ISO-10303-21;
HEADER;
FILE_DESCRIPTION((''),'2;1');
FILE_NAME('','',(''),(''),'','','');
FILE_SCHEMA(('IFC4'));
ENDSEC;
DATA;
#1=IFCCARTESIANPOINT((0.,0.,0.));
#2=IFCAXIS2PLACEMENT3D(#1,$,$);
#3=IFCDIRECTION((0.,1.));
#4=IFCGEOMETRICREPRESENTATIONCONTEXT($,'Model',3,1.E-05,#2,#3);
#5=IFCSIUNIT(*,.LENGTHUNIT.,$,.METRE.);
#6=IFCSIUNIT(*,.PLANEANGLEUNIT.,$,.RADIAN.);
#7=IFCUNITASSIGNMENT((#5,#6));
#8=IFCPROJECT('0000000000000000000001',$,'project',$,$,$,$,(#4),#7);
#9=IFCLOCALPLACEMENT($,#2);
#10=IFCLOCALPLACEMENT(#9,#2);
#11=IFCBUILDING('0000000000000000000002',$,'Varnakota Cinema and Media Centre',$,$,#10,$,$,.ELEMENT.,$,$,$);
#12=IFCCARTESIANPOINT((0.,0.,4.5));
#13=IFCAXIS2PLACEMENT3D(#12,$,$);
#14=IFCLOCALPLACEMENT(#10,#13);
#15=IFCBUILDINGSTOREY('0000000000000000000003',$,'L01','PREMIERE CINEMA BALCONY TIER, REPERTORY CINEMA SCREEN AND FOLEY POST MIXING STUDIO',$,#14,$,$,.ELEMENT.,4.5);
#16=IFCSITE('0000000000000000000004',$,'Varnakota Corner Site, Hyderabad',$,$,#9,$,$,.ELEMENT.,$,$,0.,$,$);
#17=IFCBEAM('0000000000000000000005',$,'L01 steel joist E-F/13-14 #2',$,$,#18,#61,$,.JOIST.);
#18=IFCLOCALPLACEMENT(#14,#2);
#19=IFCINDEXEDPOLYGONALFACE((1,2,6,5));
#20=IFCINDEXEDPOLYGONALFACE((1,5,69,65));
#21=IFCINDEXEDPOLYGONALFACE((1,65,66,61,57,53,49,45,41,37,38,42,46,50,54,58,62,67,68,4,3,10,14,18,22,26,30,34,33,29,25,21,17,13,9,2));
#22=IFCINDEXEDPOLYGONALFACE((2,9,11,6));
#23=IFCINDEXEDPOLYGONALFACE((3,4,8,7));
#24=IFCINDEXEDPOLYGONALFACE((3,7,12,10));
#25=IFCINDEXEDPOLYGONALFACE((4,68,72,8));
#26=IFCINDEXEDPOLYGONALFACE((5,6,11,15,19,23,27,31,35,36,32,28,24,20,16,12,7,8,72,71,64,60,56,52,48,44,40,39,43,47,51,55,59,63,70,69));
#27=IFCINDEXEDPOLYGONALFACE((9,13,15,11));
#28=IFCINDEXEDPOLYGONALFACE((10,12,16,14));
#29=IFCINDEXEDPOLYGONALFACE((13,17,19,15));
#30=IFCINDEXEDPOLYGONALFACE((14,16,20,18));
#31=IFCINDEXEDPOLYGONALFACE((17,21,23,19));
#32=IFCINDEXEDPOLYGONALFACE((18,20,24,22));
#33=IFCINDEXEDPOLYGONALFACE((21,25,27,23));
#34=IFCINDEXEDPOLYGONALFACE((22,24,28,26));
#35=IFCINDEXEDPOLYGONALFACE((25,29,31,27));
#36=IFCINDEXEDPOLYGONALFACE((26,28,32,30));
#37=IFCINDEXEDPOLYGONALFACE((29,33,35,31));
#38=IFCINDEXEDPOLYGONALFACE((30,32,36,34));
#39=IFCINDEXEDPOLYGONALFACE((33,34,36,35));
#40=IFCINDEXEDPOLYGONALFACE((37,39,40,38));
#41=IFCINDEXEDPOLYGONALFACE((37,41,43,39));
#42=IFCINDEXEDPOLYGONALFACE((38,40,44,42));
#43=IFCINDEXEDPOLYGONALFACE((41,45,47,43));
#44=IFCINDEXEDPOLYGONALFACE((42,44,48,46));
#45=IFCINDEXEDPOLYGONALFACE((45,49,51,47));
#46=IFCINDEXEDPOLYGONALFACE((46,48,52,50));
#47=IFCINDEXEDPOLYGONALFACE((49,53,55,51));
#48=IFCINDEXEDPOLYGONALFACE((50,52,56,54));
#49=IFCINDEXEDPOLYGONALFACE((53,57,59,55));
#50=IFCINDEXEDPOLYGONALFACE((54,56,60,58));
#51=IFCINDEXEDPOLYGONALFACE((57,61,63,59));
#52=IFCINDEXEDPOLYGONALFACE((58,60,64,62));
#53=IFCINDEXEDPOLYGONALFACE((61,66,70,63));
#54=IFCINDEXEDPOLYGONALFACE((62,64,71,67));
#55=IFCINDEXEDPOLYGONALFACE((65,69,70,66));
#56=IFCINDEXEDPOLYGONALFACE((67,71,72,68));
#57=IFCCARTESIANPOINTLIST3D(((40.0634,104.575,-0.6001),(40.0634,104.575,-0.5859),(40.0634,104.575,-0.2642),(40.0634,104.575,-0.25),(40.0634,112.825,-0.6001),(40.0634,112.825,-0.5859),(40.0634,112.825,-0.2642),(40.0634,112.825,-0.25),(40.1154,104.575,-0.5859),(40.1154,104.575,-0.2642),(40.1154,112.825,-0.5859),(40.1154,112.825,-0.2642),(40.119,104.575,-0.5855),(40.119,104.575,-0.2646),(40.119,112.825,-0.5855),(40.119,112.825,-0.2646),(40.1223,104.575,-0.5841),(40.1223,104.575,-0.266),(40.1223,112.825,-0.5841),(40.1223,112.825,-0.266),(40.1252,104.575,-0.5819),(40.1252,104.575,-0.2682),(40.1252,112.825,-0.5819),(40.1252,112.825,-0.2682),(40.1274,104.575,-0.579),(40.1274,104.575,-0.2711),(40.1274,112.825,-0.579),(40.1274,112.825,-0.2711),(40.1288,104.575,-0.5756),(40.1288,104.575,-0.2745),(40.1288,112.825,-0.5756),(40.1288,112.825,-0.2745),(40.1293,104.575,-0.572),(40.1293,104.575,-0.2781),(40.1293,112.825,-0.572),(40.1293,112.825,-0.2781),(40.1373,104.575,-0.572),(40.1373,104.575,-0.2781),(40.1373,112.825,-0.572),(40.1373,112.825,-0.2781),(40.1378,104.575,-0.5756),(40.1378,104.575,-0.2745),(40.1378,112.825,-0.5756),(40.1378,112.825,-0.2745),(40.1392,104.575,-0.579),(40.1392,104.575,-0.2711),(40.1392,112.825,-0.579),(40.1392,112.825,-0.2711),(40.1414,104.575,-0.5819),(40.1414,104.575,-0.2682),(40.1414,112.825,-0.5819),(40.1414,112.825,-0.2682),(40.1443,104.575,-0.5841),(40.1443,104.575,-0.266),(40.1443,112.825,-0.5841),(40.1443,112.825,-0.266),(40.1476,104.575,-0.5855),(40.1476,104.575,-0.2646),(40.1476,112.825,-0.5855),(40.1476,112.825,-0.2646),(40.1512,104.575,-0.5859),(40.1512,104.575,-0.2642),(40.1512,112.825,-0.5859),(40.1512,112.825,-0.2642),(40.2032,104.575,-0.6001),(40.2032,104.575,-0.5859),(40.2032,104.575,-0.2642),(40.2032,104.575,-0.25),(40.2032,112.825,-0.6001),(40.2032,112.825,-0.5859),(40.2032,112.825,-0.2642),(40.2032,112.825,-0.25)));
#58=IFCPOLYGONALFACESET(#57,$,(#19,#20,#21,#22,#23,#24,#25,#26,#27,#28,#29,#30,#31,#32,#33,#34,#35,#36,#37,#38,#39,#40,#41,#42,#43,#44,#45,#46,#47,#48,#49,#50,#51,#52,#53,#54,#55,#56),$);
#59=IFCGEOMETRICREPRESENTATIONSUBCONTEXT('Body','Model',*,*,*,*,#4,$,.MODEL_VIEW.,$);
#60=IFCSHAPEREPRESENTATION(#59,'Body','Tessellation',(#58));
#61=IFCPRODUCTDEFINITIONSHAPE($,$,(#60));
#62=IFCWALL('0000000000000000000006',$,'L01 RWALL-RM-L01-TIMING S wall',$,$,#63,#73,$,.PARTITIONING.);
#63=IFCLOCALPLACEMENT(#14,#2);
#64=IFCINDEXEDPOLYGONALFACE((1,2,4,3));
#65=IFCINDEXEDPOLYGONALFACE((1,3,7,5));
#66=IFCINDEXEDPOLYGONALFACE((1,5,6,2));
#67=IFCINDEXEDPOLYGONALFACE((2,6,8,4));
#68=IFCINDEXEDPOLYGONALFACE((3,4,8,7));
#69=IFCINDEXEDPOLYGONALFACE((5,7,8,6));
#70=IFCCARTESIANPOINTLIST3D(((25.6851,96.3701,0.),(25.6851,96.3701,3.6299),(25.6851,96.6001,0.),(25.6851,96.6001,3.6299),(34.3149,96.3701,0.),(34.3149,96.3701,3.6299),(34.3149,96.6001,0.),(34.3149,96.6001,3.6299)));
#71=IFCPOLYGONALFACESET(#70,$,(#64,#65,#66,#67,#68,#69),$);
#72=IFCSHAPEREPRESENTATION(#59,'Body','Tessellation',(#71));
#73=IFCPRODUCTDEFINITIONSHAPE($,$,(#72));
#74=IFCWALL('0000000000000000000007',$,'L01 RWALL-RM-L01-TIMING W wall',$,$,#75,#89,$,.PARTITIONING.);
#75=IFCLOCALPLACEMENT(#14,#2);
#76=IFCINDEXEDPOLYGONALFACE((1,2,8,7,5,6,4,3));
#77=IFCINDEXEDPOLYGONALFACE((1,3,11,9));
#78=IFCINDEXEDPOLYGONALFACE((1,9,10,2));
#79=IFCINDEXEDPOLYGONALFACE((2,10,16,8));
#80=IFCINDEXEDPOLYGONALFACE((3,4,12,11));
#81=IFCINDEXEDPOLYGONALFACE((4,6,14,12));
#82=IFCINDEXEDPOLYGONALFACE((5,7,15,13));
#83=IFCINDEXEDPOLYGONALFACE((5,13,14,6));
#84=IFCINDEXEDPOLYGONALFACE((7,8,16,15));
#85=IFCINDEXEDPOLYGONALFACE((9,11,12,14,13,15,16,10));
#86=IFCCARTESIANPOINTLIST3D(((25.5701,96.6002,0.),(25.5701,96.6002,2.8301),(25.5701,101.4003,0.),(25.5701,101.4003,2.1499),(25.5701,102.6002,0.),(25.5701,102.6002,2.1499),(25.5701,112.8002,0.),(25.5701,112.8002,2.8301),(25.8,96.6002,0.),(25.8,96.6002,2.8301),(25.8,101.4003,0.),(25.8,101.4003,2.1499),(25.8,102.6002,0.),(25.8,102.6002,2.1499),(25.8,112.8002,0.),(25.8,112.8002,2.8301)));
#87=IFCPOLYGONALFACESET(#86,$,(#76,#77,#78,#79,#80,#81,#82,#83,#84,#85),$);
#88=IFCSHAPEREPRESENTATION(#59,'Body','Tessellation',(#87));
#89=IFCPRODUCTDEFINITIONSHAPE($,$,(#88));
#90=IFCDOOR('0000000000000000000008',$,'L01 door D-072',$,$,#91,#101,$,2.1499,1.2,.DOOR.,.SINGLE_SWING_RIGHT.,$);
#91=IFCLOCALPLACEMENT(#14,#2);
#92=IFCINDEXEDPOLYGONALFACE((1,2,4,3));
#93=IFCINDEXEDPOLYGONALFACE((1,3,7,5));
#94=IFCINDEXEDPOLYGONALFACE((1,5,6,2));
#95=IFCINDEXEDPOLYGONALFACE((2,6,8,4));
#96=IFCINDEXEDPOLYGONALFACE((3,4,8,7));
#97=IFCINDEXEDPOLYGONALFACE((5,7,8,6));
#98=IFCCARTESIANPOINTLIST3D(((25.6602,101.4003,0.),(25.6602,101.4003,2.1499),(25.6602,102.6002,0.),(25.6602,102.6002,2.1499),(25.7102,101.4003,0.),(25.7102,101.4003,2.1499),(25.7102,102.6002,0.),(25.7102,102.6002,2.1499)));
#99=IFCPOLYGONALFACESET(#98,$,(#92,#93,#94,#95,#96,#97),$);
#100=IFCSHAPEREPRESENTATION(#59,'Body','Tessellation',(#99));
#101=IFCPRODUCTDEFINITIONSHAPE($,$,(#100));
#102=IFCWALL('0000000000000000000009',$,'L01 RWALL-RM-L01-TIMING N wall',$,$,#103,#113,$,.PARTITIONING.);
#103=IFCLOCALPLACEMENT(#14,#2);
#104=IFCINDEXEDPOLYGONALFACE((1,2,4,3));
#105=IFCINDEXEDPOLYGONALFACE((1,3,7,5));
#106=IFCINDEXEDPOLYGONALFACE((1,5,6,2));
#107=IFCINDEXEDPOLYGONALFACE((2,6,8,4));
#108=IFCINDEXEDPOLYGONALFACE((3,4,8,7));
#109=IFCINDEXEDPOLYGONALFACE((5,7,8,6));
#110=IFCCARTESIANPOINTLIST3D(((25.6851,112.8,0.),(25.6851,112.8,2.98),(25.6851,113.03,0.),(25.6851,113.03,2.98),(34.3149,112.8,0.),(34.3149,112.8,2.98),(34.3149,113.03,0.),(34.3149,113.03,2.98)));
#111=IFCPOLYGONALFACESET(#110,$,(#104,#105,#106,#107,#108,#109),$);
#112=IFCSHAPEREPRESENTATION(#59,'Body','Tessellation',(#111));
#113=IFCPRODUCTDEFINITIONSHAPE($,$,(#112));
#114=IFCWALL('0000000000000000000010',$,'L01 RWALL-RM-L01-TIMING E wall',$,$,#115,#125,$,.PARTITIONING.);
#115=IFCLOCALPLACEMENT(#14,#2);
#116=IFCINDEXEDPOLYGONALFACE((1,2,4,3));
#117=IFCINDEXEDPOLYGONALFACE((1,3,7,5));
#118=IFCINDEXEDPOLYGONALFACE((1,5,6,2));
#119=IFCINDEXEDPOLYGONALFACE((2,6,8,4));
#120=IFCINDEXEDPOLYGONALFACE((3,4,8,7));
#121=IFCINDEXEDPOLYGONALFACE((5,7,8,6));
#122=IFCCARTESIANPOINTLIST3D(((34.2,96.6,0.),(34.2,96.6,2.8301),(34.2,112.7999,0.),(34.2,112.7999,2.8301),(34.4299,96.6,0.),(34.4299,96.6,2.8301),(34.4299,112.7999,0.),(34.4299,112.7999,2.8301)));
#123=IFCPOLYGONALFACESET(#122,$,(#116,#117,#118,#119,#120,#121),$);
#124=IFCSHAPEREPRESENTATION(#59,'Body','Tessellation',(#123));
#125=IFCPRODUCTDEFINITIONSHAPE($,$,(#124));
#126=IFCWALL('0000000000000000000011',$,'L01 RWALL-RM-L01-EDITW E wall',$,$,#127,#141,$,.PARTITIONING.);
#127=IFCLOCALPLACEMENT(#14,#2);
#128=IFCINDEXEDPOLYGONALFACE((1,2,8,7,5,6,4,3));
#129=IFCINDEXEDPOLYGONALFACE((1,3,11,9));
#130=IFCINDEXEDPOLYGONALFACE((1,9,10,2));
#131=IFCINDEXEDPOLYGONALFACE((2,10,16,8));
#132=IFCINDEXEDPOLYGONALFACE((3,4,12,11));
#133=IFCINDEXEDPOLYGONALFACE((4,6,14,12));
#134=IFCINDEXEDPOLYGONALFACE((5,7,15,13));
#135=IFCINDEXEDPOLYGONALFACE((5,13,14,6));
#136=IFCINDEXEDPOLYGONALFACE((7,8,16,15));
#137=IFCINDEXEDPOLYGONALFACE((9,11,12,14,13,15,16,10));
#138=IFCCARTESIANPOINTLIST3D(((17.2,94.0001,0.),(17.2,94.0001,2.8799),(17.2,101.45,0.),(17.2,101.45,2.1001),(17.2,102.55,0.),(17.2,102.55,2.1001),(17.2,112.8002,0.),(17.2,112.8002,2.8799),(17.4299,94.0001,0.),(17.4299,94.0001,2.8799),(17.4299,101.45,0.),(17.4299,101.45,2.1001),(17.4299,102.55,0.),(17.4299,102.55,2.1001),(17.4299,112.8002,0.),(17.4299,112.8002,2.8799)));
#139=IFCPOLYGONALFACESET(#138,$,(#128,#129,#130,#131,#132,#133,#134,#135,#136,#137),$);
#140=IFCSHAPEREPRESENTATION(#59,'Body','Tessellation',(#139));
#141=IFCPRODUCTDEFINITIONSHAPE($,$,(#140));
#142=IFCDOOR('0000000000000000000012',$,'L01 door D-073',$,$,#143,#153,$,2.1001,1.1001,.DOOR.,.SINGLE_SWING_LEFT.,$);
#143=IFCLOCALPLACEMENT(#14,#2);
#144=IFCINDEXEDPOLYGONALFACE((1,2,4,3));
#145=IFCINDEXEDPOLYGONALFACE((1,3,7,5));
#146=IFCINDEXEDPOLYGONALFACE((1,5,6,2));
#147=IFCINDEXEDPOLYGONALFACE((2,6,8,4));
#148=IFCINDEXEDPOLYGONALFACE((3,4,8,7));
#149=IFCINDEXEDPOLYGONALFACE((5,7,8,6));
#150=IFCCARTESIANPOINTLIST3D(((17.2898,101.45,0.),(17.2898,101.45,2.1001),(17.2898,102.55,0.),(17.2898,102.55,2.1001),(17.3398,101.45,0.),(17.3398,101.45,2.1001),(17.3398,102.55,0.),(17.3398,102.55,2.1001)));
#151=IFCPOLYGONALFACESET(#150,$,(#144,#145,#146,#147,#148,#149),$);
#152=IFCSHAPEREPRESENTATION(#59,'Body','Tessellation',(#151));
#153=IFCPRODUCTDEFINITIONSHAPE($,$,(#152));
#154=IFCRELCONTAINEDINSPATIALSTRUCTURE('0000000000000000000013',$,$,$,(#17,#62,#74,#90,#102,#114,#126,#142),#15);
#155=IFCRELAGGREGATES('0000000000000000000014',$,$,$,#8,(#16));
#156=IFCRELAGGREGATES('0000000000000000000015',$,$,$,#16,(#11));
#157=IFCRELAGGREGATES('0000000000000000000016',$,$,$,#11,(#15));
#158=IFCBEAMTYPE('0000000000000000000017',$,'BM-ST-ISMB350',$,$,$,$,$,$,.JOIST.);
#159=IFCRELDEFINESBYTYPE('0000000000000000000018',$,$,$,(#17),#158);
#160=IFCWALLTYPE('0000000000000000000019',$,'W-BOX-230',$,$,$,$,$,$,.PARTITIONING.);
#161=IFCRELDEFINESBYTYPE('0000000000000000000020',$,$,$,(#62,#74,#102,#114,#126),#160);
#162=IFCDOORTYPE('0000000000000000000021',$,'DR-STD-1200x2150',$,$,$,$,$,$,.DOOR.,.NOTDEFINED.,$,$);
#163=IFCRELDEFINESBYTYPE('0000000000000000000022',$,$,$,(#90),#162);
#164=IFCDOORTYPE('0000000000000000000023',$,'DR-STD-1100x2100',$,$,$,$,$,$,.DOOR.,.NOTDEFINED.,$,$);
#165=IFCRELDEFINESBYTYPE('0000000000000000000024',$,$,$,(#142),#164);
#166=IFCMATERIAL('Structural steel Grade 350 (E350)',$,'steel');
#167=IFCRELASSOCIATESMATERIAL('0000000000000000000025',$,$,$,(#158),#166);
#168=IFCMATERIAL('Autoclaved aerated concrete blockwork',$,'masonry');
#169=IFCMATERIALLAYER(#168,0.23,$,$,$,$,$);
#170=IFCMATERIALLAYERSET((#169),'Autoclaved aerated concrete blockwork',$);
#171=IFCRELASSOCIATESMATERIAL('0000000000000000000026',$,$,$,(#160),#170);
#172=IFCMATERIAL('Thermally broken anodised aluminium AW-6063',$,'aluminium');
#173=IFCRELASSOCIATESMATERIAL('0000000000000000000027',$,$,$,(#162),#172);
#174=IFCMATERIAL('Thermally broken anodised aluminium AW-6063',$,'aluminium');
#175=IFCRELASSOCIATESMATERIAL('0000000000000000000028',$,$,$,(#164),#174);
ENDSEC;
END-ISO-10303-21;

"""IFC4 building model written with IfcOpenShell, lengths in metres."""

from ifc_helpers import new_model, si_unit, direction, frame, frame_2d, origin, origin_2d, place, context, subcontext, project, spatial, rectangle, i_section, extrude, material, layer, layer_set, material_profile, profile_set, type_object, element, fill, save


model = new_model("IFC4")

# Units and contexts
model_context = context("Model", 3, precision=1e-05, world=origin(), true_north=direction((0.0, 1.0)))
body_context = subcontext(model_context, "Body", "Model", "MODEL_VIEW")
ifc_project = project(units=[si_unit("LENGTHUNIT", "METRE"), si_unit("PLANEANGLEUNIT", "RADIAN")], contexts=[model_context])

# Site, building, storey
site_placement = place(None, origin())
site = spatial("IfcSite", under=ifc_project, at=site_placement, Name="Varnakota Corner Site, Hyderabad", CompositionType="ELEMENT", RefElevation=0.0)
building_placement = place(site_placement, origin())
building = spatial("IfcBuilding", under=site, at=building_placement, Name="Varnakota Cinema and Media Centre", CompositionType="ELEMENT")
storey_placement = place(building_placement, frame((0.0, 0.0, 4.5)))
storey = spatial("IfcBuildingStorey", under=building, at=storey_placement, Name="L01", Description="PREMIERE CINEMA BALCONY TIER, REPERTORY CINEMA SCREEN AND FOLEY POST MIXING STUDIO", CompositionType="ELEMENT", Elevation=4.5)

# Beam
ifc_material_1 = material(Name="Structural steel Grade 350 (E350)", Category="steel")
ifc_material_profile_1 = material_profile(ifc_material_1, i_section(OverallWidth=0.1399, OverallDepth=0.3501, WebThickness=0.0081, FlangeThickness=0.0142, FilletRadius=0.0139, at=origin_2d()), Name="ISMB 350")
ifc_profile_set_1 = profile_set([ifc_material_profile_1], Name="Structural steel Grade 350 (E350)")
beam_type_1 = type_object("IfcBeamType", Name="BM-ST-ISMB350", PredefinedType="JOIST", material=ifc_profile_set_1)
for number, where, z_axis, x_axis, name in (
    (1, (40.1333, 104.575, -0.425), (0.0, 1.0, 0.0), (-1.0, 0.0, 0.0), "L01 steel joist E-F/13-14 #2"),
):
    element("IfcBeam", number, at=place(storey_placement, frame(where, z_axis=z_axis, x_axis=x_axis)), inside=storey, type_object=beam_type_1, Name=name, PredefinedType="JOIST", context=body_context, shape_type="SweptSolid", body=[
        extrude(i_section(OverallWidth=0.1399, OverallDepth=0.3501, WebThickness=0.0081, FlangeThickness=0.0142, FilletRadius=0.0139, at=origin_2d()), origin(), (0.0, 0.0, 1.0), 8.25),
    ])

# Wall
ifc_material_2 = material(Name="Autoclaved aerated concrete blockwork", Category="masonry")
ifc_layer = layer(ifc_material_2, 0.23)
ifc_layer_set = layer_set([ifc_layer], Name="Autoclaved aerated concrete blockwork")
wall_type = type_object("IfcWallType", Name="W-BOX-230", PredefinedType="PARTITIONING", material=ifc_layer_set)
wall_1_placement = place(storey_placement, frame((34.3149, 96.4851, 0.0), z_axis=(0.0, 0.0, 1.0), x_axis=(-1.0, 0.0, 0.0)))
element("IfcWall", 2, at=wall_1_placement, inside=storey, type_object=wall_type, Name="L01 RWALL-RM-L01-TIMING S wall", PredefinedType="PARTITIONING", context=body_context, shape_type="SweptSolid", body=[
    extrude(rectangle(XDim=8.6299, YDim=0.23, at=frame_2d((4.3149, 0.0))), origin(), (0.0, 0.0, 1.0), 3.6299),
])

# Wall, opening, door
wall_2_placement = place(storey_placement, frame((25.6851, 96.6001, 0.0), z_axis=(0.0, 0.0, 1.0), x_axis=(0.0, 1.0, 0.0)))
wall_2 = element("IfcWall", 3, at=wall_2_placement, inside=storey, type_object=wall_type, Name="L01 RWALL-RM-L01-TIMING W wall", PredefinedType="PARTITIONING", context=body_context, shape_type="SweptSolid", body=[
    extrude(rectangle(XDim=16.2, YDim=0.23, at=frame_2d((8.1001, 0.0))), origin(), (0.0, 0.0, 1.0), 2.8301),
])
opening_1_placement = place(wall_2_placement, frame((4.8, 0.0, 0.0)))
opening_1 = element("IfcOpeningElement", 4, at=opening_1_placement, cuts=wall_2, PredefinedType="OPENING", context=body_context, shape_type="SweptSolid", body=[
    extrude(rectangle(XDim=1.2, YDim=2.1499, at=frame_2d((0.6001, 1.075))), frame((0.0, 0.115, 0.0), z_axis=(0.0, -1.0, 0.0), x_axis=(1.0, 0.0, 0.0)), (0.0, 0.0, 1.0), 0.23),
])
ifc_material_3 = material(Name="Thermally broken anodised aluminium AW-6063", Category="aluminium")
door_type_1 = type_object("IfcDoorType", Name="DR-STD-1200x2150", OperationType="NOTDEFINED", PredefinedType="DOOR", material=ifc_material_3)
door_1_placement = place(opening_1_placement, origin())
door_1 = element("IfcDoor", 5, at=door_1_placement, inside=storey, type_object=door_type_1, Name="L01 door D-072", OperationType="SINGLE_SWING_RIGHT", OverallHeight=2.1499, OverallWidth=1.2, PredefinedType="DOOR", context=body_context, shape_type="SweptSolid", body=[
    extrude(rectangle(XDim=1.2, YDim=2.1499, at=frame_2d((0.6001, 1.075))), frame((0.0, 0.0249, 0.0), z_axis=(0.0, -1.0, 0.0), x_axis=(1.0, 0.0, 0.0)), (0.0, 0.0, 1.0), 0.05),
])
fill(opening_1, door_1)

# Walls
wall_3_placement = place(storey_placement, frame((25.6851, 112.915, 0.0), z_axis=(0.0, 0.0, 1.0), x_axis=(1.0, 0.0, 0.0)))
element("IfcWall", 6, at=wall_3_placement, inside=storey, type_object=wall_type, Name="L01 RWALL-RM-L01-TIMING N wall", PredefinedType="PARTITIONING", context=body_context, shape_type="SweptSolid", body=[
    extrude(rectangle(XDim=8.6299, YDim=0.23, at=frame_2d((4.3149, 0.0))), origin(), (0.0, 0.0, 1.0), 2.98),
])
wall_4_placement = place(storey_placement, frame((34.3149, 112.8, 0.0), z_axis=(0.0, 0.0, 1.0), x_axis=(0.0, -1.0, 0.0)))
element("IfcWall", 7, at=wall_4_placement, inside=storey, type_object=wall_type, Name="L01 RWALL-RM-L01-TIMING E wall", PredefinedType="PARTITIONING", context=body_context, shape_type="SweptSolid", body=[
    extrude(rectangle(XDim=16.2, YDim=0.23, at=frame_2d((8.1001, 0.0))), origin(), (0.0, 0.0, 1.0), 2.8301),
])

# Wall, opening, door
wall_5_placement = place(storey_placement, frame((17.3149, 112.8, 0.0), z_axis=(0.0, 0.0, 1.0), x_axis=(0.0, -1.0, 0.0)))
wall_5 = element("IfcWall", 8, at=wall_5_placement, inside=storey, type_object=wall_type, Name="L01 RWALL-RM-L01-EDITW E wall", PredefinedType="PARTITIONING", context=body_context, shape_type="SweptSolid", body=[
    extrude(rectangle(XDim=18.8, YDim=0.23, at=frame_2d((9.3999, 0.0))), origin(), (0.0, 0.0, 1.0), 2.8799),
])
opening_2_placement = place(wall_5_placement, frame((10.25, 0.0, 0.0)))
opening_2 = element("IfcOpeningElement", 9, at=opening_2_placement, cuts=wall_5, PredefinedType="OPENING", context=body_context, shape_type="SweptSolid", body=[
    extrude(rectangle(XDim=1.1001, YDim=2.1001, at=frame_2d((0.55, 1.05))), frame((0.0, 0.115, 0.0), z_axis=(0.0, -1.0, 0.0), x_axis=(1.0, 0.0, 0.0)), (0.0, 0.0, 1.0), 0.23),
])
ifc_material_4 = material(Name="Thermally broken anodised aluminium AW-6063", Category="aluminium")
door_type_2 = type_object("IfcDoorType", Name="DR-STD-1100x2100", OperationType="NOTDEFINED", PredefinedType="DOOR", material=ifc_material_4)
door_2_placement = place(opening_2_placement, origin())
door_2 = element("IfcDoor", 10, at=door_2_placement, inside=storey, type_object=door_type_2, Name="L01 door D-073", OperationType="SINGLE_SWING_LEFT", OverallHeight=2.1001, OverallWidth=1.1001, PredefinedType="DOOR", context=body_context, shape_type="SweptSolid", body=[
    extrude(rectangle(XDim=1.1001, YDim=2.1001, at=frame_2d((0.55, 1.05))), frame((0.0, 0.0249, 0.0), z_axis=(0.0, -1.0, 0.0), x_axis=(1.0, 0.0, 0.0)), (0.0, 0.0, 1.0), 0.05),
])
fill(opening_2, door_2)

save(model, "model.ifc")
